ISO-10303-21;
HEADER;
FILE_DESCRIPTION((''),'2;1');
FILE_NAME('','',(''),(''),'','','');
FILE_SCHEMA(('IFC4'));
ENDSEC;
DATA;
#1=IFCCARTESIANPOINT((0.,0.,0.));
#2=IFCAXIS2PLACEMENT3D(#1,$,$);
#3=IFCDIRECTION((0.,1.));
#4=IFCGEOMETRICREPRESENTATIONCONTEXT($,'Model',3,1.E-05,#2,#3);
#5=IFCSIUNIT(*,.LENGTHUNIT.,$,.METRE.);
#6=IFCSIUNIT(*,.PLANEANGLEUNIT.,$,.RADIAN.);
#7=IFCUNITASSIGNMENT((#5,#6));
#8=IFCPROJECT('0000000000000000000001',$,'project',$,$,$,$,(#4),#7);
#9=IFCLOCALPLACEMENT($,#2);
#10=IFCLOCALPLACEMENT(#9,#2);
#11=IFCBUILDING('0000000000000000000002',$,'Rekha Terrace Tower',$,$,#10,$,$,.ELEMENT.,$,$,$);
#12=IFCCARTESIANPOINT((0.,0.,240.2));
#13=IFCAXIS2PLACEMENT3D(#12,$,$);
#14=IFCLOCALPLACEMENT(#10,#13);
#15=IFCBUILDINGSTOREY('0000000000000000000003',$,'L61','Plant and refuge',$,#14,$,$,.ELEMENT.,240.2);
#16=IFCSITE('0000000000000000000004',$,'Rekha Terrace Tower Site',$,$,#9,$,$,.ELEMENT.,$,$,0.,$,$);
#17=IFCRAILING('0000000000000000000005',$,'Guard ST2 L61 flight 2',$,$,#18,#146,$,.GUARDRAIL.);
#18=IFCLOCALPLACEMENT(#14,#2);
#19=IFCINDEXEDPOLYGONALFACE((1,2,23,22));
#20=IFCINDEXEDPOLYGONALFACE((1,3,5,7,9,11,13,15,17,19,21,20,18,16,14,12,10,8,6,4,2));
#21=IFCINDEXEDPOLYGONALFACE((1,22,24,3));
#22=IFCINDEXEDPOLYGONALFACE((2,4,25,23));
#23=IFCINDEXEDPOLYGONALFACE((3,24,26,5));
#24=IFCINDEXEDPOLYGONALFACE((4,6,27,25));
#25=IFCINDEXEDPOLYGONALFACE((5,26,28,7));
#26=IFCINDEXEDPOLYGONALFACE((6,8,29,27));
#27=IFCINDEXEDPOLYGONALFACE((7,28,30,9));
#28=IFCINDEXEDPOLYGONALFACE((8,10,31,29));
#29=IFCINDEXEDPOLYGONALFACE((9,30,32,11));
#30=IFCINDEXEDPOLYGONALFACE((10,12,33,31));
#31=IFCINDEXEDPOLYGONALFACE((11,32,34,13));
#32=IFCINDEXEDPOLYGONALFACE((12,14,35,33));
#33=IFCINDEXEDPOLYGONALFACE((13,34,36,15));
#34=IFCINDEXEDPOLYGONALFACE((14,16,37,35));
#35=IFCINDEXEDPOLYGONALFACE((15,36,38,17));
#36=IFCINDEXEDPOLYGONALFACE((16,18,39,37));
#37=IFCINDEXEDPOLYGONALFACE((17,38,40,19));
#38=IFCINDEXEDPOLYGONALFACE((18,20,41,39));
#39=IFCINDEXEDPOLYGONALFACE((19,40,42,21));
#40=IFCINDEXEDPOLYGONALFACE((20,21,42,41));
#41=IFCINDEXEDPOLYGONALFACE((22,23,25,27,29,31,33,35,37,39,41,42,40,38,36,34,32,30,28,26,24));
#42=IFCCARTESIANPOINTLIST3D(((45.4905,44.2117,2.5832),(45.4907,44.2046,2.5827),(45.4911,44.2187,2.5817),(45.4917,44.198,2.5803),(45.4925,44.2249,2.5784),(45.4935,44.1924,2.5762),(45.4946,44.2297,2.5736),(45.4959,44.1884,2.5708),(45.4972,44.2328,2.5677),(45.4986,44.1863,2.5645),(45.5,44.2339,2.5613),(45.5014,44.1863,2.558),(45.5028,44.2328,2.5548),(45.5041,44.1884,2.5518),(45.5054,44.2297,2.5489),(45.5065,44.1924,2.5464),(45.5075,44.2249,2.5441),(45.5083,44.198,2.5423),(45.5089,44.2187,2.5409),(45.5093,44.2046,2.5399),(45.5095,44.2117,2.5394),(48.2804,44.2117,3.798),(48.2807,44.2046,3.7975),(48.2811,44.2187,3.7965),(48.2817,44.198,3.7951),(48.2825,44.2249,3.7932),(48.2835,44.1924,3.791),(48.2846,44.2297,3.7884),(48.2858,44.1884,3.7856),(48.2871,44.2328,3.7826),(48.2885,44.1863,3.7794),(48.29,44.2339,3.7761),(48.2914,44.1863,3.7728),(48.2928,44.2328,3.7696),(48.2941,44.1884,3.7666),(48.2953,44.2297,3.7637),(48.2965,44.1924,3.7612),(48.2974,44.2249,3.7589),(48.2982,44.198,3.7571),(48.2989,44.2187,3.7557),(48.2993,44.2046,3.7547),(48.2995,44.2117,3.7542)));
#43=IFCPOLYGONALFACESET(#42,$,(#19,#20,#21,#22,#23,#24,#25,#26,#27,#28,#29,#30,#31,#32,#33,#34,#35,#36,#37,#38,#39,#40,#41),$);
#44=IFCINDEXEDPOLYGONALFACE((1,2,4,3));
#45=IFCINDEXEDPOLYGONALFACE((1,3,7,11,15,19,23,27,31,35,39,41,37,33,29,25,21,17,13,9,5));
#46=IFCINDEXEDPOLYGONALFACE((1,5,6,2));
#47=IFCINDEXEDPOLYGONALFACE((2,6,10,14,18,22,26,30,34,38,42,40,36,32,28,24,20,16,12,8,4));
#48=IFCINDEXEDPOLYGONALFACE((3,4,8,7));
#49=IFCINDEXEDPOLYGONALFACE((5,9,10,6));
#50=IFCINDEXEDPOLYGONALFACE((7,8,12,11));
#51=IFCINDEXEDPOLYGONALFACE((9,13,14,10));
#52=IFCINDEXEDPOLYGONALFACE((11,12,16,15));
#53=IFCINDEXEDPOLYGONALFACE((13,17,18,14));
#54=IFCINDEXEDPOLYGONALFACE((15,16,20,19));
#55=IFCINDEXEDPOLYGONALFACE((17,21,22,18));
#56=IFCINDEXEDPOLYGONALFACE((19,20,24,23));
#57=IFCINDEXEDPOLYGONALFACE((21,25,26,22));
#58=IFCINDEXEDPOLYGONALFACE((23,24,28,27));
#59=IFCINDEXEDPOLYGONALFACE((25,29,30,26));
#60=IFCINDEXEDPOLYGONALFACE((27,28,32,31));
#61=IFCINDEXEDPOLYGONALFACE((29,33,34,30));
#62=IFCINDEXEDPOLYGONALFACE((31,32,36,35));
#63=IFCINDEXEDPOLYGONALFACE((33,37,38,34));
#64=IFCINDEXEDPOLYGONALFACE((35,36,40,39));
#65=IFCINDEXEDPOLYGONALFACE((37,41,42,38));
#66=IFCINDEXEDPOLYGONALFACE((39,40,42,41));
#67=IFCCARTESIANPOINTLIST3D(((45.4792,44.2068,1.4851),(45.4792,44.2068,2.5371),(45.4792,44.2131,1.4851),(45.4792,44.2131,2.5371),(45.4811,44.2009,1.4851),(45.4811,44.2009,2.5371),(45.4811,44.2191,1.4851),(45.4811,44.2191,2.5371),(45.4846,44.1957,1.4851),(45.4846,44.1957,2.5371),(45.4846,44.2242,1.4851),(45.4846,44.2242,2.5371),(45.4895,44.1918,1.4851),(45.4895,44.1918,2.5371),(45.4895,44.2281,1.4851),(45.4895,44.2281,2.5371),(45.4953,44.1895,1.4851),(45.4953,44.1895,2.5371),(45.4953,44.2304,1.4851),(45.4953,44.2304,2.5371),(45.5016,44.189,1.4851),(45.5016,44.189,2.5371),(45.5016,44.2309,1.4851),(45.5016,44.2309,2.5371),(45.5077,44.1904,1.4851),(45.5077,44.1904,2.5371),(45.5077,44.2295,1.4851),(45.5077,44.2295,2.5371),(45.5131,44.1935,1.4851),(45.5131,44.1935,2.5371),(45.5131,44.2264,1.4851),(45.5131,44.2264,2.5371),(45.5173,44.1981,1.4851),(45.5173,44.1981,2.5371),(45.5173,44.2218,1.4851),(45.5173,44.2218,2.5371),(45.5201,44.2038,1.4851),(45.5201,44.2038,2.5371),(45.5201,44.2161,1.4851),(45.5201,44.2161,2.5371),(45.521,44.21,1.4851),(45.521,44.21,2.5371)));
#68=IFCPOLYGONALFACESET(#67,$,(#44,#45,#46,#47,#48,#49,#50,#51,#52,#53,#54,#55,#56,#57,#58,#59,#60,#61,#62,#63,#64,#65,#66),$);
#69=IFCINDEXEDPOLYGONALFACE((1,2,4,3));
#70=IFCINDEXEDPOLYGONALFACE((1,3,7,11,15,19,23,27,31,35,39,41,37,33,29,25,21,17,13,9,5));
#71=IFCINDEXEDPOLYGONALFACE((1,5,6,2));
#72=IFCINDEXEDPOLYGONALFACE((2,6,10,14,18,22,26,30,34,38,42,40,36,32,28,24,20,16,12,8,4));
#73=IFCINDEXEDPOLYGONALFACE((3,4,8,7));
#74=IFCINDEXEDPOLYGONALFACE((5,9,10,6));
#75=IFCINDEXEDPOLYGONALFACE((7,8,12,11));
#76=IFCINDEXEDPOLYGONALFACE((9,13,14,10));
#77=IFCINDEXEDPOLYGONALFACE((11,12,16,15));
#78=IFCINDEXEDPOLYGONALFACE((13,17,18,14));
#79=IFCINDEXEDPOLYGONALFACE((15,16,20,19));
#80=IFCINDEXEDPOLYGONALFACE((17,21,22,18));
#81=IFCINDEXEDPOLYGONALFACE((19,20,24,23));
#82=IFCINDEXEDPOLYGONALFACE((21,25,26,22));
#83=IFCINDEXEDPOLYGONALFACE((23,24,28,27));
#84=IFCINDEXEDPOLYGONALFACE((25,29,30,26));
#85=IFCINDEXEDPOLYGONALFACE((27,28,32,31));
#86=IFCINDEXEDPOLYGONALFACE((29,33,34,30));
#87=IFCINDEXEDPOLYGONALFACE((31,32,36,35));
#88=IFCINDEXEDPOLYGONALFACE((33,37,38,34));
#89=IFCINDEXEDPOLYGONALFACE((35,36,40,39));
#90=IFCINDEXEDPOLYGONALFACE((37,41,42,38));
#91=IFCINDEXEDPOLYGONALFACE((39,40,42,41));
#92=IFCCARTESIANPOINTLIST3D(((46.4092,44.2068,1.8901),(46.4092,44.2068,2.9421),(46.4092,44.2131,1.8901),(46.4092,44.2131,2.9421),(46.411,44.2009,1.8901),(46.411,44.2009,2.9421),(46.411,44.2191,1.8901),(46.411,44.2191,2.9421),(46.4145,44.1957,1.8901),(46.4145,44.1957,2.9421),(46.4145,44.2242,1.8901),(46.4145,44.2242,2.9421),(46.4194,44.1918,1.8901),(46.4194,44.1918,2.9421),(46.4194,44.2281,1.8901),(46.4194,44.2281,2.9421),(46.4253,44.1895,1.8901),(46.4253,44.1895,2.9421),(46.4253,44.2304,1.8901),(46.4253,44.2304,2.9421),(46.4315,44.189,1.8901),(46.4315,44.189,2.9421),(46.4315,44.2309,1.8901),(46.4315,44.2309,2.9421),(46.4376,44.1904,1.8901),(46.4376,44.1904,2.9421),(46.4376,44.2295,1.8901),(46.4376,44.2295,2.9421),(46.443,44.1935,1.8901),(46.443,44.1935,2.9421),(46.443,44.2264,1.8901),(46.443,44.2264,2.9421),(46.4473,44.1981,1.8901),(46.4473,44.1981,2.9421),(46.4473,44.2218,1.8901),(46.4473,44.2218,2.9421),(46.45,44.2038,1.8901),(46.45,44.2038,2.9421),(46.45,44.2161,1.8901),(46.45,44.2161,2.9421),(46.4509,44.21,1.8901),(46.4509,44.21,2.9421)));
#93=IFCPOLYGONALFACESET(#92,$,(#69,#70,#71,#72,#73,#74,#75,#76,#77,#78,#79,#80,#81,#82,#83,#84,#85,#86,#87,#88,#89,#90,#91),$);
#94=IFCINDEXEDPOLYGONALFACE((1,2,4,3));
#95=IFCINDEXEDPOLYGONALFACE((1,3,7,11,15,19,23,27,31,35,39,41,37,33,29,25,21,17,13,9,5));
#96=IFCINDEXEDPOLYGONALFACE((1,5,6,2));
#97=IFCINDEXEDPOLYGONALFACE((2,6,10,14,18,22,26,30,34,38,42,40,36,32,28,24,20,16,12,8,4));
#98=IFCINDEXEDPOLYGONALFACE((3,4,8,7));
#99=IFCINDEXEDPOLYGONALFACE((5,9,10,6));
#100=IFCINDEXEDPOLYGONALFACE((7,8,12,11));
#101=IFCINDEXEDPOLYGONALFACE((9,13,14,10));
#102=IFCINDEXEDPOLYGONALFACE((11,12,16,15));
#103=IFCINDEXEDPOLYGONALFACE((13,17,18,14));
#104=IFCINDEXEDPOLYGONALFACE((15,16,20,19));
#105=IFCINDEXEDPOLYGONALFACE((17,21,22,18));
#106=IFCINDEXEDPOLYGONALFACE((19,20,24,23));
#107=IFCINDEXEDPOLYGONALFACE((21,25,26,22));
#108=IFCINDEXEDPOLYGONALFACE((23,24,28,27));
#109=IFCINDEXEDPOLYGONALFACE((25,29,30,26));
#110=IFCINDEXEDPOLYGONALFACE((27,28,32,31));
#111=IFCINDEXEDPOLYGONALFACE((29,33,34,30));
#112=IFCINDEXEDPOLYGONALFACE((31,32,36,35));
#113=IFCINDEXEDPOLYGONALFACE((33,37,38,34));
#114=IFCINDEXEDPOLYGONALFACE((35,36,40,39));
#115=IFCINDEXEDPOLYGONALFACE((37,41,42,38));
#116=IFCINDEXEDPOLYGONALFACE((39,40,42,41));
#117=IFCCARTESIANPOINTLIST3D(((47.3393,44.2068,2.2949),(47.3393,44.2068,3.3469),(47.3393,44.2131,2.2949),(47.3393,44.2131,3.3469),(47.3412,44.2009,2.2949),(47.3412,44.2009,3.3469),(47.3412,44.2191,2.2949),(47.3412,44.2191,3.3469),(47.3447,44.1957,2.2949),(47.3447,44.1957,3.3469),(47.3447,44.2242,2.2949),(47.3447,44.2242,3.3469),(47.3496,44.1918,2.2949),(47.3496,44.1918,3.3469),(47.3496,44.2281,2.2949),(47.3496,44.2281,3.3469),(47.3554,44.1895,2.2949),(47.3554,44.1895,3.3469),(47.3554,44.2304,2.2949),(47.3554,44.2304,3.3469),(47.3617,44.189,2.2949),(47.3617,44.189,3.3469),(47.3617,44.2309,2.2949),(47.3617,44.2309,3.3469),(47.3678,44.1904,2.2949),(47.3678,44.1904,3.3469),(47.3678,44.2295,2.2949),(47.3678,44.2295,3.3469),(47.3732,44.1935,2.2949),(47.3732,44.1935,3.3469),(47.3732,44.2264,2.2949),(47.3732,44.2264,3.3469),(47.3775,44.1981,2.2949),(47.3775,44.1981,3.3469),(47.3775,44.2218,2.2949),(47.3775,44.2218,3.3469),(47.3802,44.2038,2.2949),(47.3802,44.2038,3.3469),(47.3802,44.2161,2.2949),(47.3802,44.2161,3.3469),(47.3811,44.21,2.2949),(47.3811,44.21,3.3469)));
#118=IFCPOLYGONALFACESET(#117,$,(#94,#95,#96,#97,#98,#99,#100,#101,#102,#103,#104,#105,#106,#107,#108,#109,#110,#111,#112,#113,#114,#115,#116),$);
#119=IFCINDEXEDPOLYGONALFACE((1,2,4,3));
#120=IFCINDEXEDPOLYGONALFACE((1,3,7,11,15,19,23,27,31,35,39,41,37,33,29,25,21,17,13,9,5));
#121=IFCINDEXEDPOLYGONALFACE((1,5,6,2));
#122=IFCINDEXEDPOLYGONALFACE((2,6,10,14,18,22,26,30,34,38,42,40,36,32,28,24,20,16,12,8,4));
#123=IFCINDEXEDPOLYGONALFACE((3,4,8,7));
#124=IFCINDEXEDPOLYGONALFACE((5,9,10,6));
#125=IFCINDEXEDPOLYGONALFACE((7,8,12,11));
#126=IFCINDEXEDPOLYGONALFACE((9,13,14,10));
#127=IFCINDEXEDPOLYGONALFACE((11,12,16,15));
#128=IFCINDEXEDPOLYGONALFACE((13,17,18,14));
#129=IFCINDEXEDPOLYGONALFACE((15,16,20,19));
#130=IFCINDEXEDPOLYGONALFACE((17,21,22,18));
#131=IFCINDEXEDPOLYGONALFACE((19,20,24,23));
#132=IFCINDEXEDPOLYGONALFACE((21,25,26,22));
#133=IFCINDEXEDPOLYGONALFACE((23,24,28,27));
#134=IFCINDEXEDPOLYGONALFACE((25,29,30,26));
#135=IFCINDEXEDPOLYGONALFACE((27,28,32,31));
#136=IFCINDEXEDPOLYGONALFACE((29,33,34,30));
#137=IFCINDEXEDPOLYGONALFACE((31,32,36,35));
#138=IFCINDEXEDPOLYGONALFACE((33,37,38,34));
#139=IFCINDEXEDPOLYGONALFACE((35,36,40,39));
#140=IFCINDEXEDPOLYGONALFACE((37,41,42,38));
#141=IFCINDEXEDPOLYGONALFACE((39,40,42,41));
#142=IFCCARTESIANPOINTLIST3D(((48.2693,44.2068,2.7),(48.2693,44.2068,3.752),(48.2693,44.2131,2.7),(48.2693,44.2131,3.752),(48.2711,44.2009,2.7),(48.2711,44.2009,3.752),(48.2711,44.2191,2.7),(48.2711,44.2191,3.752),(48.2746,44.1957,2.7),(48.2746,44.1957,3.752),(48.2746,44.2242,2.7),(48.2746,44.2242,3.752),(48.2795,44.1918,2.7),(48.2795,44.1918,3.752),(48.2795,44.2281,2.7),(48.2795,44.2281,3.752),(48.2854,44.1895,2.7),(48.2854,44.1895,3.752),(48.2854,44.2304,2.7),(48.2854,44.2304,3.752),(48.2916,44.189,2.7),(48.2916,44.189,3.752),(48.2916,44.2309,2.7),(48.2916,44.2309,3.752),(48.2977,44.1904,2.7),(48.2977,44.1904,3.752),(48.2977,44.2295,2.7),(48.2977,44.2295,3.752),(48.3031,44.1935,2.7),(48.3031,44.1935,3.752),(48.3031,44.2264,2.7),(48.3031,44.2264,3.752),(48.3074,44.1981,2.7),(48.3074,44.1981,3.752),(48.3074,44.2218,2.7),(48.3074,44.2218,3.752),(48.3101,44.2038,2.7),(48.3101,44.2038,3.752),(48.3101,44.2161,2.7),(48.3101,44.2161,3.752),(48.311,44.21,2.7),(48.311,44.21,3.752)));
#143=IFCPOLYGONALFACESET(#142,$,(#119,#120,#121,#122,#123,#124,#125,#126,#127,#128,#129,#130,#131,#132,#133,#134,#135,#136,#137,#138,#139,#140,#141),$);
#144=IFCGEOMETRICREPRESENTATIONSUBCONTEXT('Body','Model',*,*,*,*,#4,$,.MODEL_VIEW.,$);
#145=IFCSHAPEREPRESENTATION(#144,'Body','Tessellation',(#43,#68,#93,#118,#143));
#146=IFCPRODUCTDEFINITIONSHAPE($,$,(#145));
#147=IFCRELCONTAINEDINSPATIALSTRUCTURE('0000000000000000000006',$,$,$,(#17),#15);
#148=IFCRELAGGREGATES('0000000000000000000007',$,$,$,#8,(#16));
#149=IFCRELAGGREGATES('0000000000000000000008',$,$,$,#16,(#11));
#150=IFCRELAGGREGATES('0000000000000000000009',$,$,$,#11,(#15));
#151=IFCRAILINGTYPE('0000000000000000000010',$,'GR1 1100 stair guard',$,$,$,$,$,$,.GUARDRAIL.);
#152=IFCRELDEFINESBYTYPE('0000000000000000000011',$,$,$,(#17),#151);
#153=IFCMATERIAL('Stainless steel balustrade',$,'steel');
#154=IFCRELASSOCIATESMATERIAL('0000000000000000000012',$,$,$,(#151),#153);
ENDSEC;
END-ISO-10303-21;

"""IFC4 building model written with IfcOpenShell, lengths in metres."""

from ifc_helpers import new_model, si_unit, direction, frame, origin, origin_2d, place, context, subcontext, project, spatial, circle, extrude, material, type_object, element, save


model = new_model("IFC4")

# Units and contexts
model_context = context("Model", 3, precision=1e-05, world=origin(), true_north=direction((0.0, 1.0)))
body_context = subcontext(model_context, "Body", "Model", "MODEL_VIEW")
ifc_project = project(units=[si_unit("LENGTHUNIT", "METRE"), si_unit("PLANEANGLEUNIT", "RADIAN")], contexts=[model_context])

# Site, building, storey
site_placement = place(None, origin())
site = spatial("IfcSite", under=ifc_project, at=site_placement, Name="Rekha Terrace Tower Site", CompositionType="ELEMENT", RefElevation=0.0)
building_placement = place(site_placement, origin())
building = spatial("IfcBuilding", under=site, at=building_placement, Name="Rekha Terrace Tower", CompositionType="ELEMENT")
storey_placement = place(building_placement, frame((0.0, 0.0, 240.2)))
storey = spatial("IfcBuildingStorey", under=building, at=storey_placement, Name="L61", Description="Plant and refuge", CompositionType="ELEMENT", Elevation=240.2)

# Railing
ifc_material_1 = material(Name="Stainless steel balustrade", Category="steel")
railing_type_1 = type_object("IfcRailingType", Name="GR1 1100 stair guard", PredefinedType="GUARDRAIL", material=ifc_material_1)
railing_1_placement = place(storey_placement, frame((45.5, 44.21, 1.4851)))
element("IfcRailing", 1, at=railing_1_placement, inside=storey, type_object=railing_type_1, Name="Guard ST2 L61 flight 2", PredefinedType="GUARDRAIL", context=body_context, shape_type="SweptSolid", body=[
    extrude(circle(Radius=0.0239, at=origin_2d()), frame((0.0, 0.0, 1.0762), z_axis=(0.916856, 0.0, 0.399219), x_axis=(0.0, 1.0, 0.0)), (0.0, 0.0, 1.0), 3.043),
    extrude(circle(Radius=0.021, at=origin_2d()), origin(), (0.0, 0.0, 1.0), 1.052),
    extrude(circle(Radius=0.021, at=origin_2d()), frame((0.9299, 0.0, 0.405)), (0.0, 0.0, 1.0), 1.052),
    extrude(circle(Radius=0.021, at=origin_2d()), frame((1.8601, 0.0, 0.8098)), (0.0, 0.0, 1.0), 1.052),
    extrude(circle(Radius=0.021, at=origin_2d()), frame((2.79, 0.0, 1.2148)), (0.0, 0.0, 1.0), 1.052),
])

save(model, "model.ifc")
